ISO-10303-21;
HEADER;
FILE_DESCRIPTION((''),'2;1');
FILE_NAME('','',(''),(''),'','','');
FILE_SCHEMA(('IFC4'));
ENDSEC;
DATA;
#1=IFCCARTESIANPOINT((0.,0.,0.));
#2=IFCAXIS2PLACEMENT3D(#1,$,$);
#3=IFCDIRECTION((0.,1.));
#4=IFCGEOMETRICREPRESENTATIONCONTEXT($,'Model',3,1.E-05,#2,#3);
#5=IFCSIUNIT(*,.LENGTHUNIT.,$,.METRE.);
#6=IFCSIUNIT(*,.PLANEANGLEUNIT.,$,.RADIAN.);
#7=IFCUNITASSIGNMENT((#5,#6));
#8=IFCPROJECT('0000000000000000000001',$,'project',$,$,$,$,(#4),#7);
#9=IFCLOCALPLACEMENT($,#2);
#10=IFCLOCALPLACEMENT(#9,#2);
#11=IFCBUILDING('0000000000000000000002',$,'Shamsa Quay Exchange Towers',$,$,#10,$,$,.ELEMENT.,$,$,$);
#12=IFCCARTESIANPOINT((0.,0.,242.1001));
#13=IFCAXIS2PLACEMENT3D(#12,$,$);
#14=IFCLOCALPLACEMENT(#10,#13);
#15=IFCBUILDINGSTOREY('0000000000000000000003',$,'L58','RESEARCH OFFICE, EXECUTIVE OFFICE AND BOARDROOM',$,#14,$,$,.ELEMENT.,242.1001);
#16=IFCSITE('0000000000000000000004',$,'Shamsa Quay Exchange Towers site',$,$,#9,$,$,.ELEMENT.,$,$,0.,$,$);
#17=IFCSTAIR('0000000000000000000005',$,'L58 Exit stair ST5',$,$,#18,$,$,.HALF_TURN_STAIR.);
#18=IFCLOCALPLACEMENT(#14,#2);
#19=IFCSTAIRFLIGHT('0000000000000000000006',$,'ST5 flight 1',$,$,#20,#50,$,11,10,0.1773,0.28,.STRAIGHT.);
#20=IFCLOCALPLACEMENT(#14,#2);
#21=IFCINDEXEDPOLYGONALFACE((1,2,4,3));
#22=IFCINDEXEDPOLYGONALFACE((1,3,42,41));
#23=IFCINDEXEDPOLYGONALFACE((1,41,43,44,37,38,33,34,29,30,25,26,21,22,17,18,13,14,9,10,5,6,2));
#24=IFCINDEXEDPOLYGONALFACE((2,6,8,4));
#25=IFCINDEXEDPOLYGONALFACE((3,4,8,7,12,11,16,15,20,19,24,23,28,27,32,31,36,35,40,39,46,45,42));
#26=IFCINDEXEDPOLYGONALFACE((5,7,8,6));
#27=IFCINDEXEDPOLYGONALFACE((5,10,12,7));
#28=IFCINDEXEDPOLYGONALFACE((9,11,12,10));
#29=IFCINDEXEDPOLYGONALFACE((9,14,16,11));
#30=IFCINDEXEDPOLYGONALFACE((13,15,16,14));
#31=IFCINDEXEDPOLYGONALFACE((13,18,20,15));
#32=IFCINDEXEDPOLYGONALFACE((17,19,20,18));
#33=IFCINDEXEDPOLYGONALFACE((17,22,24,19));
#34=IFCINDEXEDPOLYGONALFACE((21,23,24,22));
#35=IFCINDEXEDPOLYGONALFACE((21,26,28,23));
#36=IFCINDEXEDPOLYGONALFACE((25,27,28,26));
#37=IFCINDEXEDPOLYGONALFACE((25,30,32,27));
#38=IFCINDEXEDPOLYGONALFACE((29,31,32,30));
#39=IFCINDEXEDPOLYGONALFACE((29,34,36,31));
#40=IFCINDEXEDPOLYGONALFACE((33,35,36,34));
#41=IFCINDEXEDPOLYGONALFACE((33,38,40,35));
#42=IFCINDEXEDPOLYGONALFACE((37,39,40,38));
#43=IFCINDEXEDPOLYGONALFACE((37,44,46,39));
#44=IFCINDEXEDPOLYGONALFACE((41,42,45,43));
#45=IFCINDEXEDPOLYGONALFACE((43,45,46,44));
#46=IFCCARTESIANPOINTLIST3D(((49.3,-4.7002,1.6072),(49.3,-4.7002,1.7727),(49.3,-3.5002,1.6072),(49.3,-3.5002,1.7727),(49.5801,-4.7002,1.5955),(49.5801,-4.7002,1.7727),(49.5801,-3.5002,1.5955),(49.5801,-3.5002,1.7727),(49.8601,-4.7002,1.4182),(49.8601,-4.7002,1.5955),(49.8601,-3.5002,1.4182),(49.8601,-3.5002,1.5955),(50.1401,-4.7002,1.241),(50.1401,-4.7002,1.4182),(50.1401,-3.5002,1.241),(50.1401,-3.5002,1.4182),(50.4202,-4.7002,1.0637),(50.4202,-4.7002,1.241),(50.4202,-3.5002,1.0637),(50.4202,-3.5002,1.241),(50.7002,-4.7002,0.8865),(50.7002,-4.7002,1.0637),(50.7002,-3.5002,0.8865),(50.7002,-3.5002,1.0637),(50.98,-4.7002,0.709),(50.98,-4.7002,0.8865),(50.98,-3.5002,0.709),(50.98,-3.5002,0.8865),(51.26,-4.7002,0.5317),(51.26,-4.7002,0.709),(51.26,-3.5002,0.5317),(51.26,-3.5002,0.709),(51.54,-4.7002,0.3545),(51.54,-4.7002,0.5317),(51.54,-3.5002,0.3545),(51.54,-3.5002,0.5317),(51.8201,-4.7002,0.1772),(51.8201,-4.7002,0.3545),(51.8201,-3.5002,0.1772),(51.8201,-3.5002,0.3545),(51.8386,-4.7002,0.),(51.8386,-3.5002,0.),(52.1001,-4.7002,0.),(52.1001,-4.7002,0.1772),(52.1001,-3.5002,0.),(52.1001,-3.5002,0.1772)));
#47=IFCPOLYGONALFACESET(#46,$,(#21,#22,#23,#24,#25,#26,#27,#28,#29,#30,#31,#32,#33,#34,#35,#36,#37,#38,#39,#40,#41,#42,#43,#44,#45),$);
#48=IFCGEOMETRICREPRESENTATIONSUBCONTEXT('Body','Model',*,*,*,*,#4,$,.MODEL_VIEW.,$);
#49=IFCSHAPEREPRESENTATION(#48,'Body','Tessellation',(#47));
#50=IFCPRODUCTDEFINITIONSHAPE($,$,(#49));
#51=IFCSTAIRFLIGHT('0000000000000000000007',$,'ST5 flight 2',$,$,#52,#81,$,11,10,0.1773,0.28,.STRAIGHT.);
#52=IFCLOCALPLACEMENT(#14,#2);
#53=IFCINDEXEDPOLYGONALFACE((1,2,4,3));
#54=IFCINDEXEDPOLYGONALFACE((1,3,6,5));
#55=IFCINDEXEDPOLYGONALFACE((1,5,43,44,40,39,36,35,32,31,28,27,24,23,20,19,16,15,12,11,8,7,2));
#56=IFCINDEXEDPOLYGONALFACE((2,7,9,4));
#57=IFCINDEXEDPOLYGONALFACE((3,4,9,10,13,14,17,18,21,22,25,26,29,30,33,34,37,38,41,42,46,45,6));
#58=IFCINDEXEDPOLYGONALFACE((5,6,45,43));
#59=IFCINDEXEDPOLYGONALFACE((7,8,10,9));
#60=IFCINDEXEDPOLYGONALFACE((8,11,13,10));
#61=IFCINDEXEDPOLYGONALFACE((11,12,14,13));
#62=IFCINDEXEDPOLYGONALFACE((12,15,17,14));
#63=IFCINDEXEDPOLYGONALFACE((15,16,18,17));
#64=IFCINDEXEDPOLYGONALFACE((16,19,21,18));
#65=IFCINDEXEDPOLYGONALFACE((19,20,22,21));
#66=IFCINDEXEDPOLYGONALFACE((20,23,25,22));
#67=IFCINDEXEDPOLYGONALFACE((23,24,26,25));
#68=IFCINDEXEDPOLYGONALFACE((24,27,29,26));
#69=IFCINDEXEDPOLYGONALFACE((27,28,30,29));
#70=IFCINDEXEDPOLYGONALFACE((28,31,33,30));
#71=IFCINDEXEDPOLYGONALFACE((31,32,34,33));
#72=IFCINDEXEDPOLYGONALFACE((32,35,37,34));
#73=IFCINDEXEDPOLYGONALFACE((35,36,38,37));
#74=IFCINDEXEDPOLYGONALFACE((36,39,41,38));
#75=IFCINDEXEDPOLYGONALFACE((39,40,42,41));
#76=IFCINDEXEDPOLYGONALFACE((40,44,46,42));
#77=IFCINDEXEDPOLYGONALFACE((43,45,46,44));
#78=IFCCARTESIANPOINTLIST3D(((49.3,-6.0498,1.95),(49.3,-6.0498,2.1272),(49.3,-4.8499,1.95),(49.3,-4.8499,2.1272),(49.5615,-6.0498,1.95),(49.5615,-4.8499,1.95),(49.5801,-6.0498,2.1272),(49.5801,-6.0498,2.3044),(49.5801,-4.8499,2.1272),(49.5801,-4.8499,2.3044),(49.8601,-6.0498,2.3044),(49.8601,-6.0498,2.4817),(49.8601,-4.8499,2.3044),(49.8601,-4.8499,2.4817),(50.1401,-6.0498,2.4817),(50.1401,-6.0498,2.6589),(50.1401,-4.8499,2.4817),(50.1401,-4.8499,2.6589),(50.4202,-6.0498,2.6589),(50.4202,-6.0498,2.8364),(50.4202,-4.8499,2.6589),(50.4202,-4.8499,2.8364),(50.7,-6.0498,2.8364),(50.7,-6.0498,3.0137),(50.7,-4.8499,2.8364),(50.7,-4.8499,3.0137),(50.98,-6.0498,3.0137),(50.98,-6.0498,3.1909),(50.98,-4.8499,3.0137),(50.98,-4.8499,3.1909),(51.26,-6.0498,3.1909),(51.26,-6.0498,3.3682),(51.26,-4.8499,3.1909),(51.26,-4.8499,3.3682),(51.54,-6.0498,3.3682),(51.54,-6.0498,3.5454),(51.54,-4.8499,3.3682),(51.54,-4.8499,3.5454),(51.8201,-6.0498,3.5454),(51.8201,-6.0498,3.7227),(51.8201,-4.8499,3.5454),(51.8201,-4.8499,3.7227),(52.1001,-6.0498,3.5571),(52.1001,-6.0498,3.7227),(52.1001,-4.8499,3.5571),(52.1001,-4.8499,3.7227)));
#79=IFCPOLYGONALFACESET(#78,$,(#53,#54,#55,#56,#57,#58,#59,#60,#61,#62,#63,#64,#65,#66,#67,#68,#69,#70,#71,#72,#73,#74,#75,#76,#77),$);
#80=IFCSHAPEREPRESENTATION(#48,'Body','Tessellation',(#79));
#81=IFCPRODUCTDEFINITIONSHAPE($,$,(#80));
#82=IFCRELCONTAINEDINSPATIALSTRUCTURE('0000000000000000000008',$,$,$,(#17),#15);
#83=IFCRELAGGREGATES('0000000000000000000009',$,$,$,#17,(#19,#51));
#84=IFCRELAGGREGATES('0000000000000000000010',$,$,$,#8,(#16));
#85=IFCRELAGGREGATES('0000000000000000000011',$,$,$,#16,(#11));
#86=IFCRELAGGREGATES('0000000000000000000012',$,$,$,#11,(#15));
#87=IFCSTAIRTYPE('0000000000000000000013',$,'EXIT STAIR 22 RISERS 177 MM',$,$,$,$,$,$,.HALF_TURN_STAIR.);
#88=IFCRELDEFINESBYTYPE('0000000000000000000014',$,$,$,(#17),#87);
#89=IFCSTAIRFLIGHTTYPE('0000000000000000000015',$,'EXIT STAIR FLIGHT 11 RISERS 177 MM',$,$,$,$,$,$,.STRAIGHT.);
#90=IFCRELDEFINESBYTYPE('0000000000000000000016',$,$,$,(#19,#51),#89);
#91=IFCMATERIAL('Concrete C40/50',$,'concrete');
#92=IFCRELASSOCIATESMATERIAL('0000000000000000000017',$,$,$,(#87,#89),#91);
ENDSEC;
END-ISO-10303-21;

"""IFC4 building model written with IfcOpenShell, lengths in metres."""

from ifc_helpers import new_model, si_unit, direction, frame, origin, place, context, subcontext, project, spatial, polyline, outline, extrude, material, type_object, element, aggregate, save


model = new_model("IFC4")

# Units and contexts
model_context = context("Model", 3, precision=1e-05, world=origin(), true_north=direction((0.0, 1.0)))
body_context = subcontext(model_context, "Body", "Model", "MODEL_VIEW")
ifc_project = project(units=[si_unit("LENGTHUNIT", "METRE"), si_unit("PLANEANGLEUNIT", "RADIAN")], contexts=[model_context])

# Site, building, storey
site_placement = place(None, origin())
site = spatial("IfcSite", under=ifc_project, at=site_placement, Name="Shamsa Quay Exchange Towers site", CompositionType="ELEMENT", RefElevation=0.0)
building_placement = place(site_placement, origin())
building = spatial("IfcBuilding", under=site, at=building_placement, Name="Shamsa Quay Exchange Towers", CompositionType="ELEMENT")
storey_placement = place(building_placement, frame((0.0, 0.0, 242.1001)))
storey = spatial("IfcBuildingStorey", under=building, at=storey_placement, Name="L58", Description="RESEARCH OFFICE, EXECUTIVE OFFICE AND BOARDROOM", CompositionType="ELEMENT", Elevation=242.1001)

# Stair, stair flights
ifc_material_1 = material(Name="Concrete C40/50", Category="concrete")
stair_type = type_object("IfcStairType", Name="EXIT STAIR 22 RISERS 177 MM", PredefinedType="HALF_TURN_STAIR", material=ifc_material_1)
stair_placement = place(storey_placement, origin())
stair = element("IfcStair", 1, at=stair_placement, inside=storey, type_object=stair_type, Name="L58 Exit stair ST5", PredefinedType="HALF_TURN_STAIR")
stair_flight_type = type_object("IfcStairFlightType", Name="EXIT STAIR FLIGHT 11 RISERS 177 MM", PredefinedType="STRAIGHT", material=ifc_material_1)
stair_flight_1_placement = place(storey_placement, frame((52.1001, -4.1001, 0.0), z_axis=(0.0, 0.0, 1.0), x_axis=(-1.0, 0.0, 0.0)))
stair_flight_1 = element("IfcStairFlight", 2, at=stair_flight_1_placement, type_object=stair_flight_type, Name="ST5 flight 1", NumberOfRisers=11, NumberOfTreads=10, PredefinedType="STRAIGHT", RiserHeight=0.1773, TreadLength=0.28, context=body_context, shape_type="SweptSolid", body=[
    extrude(outline(polyline([(0.0, 0.0), (0.0, 0.1772), (0.28, 0.1772), (0.28, 0.3545), (0.5601, 0.3545), (0.5601, 0.5317), (0.8401, 0.5317), (0.8401, 0.709), (1.1201, 0.709), (1.1201, 0.8865), (1.3999, 0.8865), (1.3999, 1.0637), (1.6799, 1.0637), (1.6799, 1.241), (1.96, 1.241), (1.96, 1.4182), (2.24, 1.4182), (2.24, 1.5955), (2.52, 1.5955), (2.52, 1.7727), (2.8, 1.7727), (2.8, 1.95), (2.8, 1.6072), (0.2615, 0.0), (0.0, 0.0)])), frame((0.0, 0.6001, 0.0), z_axis=(0.0, -1.0, 0.0), x_axis=(1.0, 0.0, 0.0)), (0.0, 0.0, 1.0), 1.2),
])
stair_flight_2_placement = place(storey_placement, frame((49.3, -5.45, 1.95)))
stair_flight_2 = element("IfcStairFlight", 3, at=stair_flight_2_placement, type_object=stair_flight_type, Name="ST5 flight 2", NumberOfRisers=11, NumberOfTreads=10, PredefinedType="STRAIGHT", RiserHeight=0.1773, TreadLength=0.28, context=body_context, shape_type="SweptSolid", body=[
    extrude(outline(polyline([(0.0, 0.0), (0.0, 0.1772), (0.28, 0.1772), (0.28, 0.3545), (0.5601, 0.3545), (0.5601, 0.5317), (0.8401, 0.5317), (0.8401, 0.709), (1.1201, 0.709), (1.1201, 0.8865), (1.3999, 0.8865), (1.3999, 1.0637), (1.6799, 1.0637), (1.6799, 1.241), (1.96, 1.241), (1.96, 1.4182), (2.24, 1.4182), (2.24, 1.5955), (2.52, 1.5955), (2.52, 1.7727), (2.8, 1.7727), (2.8, 1.95), (2.8, 1.6072), (0.2615, 0.0), (0.0, 0.0)])), frame((0.0, 0.6001, 0.0), z_axis=(0.0, -1.0, 0.0), x_axis=(1.0, 0.0, 0.0)), (0.0, 0.0, 1.0), 1.2),
])
aggregate(stair, [stair_flight_1, stair_flight_2])

save(model, "model.ifc")
